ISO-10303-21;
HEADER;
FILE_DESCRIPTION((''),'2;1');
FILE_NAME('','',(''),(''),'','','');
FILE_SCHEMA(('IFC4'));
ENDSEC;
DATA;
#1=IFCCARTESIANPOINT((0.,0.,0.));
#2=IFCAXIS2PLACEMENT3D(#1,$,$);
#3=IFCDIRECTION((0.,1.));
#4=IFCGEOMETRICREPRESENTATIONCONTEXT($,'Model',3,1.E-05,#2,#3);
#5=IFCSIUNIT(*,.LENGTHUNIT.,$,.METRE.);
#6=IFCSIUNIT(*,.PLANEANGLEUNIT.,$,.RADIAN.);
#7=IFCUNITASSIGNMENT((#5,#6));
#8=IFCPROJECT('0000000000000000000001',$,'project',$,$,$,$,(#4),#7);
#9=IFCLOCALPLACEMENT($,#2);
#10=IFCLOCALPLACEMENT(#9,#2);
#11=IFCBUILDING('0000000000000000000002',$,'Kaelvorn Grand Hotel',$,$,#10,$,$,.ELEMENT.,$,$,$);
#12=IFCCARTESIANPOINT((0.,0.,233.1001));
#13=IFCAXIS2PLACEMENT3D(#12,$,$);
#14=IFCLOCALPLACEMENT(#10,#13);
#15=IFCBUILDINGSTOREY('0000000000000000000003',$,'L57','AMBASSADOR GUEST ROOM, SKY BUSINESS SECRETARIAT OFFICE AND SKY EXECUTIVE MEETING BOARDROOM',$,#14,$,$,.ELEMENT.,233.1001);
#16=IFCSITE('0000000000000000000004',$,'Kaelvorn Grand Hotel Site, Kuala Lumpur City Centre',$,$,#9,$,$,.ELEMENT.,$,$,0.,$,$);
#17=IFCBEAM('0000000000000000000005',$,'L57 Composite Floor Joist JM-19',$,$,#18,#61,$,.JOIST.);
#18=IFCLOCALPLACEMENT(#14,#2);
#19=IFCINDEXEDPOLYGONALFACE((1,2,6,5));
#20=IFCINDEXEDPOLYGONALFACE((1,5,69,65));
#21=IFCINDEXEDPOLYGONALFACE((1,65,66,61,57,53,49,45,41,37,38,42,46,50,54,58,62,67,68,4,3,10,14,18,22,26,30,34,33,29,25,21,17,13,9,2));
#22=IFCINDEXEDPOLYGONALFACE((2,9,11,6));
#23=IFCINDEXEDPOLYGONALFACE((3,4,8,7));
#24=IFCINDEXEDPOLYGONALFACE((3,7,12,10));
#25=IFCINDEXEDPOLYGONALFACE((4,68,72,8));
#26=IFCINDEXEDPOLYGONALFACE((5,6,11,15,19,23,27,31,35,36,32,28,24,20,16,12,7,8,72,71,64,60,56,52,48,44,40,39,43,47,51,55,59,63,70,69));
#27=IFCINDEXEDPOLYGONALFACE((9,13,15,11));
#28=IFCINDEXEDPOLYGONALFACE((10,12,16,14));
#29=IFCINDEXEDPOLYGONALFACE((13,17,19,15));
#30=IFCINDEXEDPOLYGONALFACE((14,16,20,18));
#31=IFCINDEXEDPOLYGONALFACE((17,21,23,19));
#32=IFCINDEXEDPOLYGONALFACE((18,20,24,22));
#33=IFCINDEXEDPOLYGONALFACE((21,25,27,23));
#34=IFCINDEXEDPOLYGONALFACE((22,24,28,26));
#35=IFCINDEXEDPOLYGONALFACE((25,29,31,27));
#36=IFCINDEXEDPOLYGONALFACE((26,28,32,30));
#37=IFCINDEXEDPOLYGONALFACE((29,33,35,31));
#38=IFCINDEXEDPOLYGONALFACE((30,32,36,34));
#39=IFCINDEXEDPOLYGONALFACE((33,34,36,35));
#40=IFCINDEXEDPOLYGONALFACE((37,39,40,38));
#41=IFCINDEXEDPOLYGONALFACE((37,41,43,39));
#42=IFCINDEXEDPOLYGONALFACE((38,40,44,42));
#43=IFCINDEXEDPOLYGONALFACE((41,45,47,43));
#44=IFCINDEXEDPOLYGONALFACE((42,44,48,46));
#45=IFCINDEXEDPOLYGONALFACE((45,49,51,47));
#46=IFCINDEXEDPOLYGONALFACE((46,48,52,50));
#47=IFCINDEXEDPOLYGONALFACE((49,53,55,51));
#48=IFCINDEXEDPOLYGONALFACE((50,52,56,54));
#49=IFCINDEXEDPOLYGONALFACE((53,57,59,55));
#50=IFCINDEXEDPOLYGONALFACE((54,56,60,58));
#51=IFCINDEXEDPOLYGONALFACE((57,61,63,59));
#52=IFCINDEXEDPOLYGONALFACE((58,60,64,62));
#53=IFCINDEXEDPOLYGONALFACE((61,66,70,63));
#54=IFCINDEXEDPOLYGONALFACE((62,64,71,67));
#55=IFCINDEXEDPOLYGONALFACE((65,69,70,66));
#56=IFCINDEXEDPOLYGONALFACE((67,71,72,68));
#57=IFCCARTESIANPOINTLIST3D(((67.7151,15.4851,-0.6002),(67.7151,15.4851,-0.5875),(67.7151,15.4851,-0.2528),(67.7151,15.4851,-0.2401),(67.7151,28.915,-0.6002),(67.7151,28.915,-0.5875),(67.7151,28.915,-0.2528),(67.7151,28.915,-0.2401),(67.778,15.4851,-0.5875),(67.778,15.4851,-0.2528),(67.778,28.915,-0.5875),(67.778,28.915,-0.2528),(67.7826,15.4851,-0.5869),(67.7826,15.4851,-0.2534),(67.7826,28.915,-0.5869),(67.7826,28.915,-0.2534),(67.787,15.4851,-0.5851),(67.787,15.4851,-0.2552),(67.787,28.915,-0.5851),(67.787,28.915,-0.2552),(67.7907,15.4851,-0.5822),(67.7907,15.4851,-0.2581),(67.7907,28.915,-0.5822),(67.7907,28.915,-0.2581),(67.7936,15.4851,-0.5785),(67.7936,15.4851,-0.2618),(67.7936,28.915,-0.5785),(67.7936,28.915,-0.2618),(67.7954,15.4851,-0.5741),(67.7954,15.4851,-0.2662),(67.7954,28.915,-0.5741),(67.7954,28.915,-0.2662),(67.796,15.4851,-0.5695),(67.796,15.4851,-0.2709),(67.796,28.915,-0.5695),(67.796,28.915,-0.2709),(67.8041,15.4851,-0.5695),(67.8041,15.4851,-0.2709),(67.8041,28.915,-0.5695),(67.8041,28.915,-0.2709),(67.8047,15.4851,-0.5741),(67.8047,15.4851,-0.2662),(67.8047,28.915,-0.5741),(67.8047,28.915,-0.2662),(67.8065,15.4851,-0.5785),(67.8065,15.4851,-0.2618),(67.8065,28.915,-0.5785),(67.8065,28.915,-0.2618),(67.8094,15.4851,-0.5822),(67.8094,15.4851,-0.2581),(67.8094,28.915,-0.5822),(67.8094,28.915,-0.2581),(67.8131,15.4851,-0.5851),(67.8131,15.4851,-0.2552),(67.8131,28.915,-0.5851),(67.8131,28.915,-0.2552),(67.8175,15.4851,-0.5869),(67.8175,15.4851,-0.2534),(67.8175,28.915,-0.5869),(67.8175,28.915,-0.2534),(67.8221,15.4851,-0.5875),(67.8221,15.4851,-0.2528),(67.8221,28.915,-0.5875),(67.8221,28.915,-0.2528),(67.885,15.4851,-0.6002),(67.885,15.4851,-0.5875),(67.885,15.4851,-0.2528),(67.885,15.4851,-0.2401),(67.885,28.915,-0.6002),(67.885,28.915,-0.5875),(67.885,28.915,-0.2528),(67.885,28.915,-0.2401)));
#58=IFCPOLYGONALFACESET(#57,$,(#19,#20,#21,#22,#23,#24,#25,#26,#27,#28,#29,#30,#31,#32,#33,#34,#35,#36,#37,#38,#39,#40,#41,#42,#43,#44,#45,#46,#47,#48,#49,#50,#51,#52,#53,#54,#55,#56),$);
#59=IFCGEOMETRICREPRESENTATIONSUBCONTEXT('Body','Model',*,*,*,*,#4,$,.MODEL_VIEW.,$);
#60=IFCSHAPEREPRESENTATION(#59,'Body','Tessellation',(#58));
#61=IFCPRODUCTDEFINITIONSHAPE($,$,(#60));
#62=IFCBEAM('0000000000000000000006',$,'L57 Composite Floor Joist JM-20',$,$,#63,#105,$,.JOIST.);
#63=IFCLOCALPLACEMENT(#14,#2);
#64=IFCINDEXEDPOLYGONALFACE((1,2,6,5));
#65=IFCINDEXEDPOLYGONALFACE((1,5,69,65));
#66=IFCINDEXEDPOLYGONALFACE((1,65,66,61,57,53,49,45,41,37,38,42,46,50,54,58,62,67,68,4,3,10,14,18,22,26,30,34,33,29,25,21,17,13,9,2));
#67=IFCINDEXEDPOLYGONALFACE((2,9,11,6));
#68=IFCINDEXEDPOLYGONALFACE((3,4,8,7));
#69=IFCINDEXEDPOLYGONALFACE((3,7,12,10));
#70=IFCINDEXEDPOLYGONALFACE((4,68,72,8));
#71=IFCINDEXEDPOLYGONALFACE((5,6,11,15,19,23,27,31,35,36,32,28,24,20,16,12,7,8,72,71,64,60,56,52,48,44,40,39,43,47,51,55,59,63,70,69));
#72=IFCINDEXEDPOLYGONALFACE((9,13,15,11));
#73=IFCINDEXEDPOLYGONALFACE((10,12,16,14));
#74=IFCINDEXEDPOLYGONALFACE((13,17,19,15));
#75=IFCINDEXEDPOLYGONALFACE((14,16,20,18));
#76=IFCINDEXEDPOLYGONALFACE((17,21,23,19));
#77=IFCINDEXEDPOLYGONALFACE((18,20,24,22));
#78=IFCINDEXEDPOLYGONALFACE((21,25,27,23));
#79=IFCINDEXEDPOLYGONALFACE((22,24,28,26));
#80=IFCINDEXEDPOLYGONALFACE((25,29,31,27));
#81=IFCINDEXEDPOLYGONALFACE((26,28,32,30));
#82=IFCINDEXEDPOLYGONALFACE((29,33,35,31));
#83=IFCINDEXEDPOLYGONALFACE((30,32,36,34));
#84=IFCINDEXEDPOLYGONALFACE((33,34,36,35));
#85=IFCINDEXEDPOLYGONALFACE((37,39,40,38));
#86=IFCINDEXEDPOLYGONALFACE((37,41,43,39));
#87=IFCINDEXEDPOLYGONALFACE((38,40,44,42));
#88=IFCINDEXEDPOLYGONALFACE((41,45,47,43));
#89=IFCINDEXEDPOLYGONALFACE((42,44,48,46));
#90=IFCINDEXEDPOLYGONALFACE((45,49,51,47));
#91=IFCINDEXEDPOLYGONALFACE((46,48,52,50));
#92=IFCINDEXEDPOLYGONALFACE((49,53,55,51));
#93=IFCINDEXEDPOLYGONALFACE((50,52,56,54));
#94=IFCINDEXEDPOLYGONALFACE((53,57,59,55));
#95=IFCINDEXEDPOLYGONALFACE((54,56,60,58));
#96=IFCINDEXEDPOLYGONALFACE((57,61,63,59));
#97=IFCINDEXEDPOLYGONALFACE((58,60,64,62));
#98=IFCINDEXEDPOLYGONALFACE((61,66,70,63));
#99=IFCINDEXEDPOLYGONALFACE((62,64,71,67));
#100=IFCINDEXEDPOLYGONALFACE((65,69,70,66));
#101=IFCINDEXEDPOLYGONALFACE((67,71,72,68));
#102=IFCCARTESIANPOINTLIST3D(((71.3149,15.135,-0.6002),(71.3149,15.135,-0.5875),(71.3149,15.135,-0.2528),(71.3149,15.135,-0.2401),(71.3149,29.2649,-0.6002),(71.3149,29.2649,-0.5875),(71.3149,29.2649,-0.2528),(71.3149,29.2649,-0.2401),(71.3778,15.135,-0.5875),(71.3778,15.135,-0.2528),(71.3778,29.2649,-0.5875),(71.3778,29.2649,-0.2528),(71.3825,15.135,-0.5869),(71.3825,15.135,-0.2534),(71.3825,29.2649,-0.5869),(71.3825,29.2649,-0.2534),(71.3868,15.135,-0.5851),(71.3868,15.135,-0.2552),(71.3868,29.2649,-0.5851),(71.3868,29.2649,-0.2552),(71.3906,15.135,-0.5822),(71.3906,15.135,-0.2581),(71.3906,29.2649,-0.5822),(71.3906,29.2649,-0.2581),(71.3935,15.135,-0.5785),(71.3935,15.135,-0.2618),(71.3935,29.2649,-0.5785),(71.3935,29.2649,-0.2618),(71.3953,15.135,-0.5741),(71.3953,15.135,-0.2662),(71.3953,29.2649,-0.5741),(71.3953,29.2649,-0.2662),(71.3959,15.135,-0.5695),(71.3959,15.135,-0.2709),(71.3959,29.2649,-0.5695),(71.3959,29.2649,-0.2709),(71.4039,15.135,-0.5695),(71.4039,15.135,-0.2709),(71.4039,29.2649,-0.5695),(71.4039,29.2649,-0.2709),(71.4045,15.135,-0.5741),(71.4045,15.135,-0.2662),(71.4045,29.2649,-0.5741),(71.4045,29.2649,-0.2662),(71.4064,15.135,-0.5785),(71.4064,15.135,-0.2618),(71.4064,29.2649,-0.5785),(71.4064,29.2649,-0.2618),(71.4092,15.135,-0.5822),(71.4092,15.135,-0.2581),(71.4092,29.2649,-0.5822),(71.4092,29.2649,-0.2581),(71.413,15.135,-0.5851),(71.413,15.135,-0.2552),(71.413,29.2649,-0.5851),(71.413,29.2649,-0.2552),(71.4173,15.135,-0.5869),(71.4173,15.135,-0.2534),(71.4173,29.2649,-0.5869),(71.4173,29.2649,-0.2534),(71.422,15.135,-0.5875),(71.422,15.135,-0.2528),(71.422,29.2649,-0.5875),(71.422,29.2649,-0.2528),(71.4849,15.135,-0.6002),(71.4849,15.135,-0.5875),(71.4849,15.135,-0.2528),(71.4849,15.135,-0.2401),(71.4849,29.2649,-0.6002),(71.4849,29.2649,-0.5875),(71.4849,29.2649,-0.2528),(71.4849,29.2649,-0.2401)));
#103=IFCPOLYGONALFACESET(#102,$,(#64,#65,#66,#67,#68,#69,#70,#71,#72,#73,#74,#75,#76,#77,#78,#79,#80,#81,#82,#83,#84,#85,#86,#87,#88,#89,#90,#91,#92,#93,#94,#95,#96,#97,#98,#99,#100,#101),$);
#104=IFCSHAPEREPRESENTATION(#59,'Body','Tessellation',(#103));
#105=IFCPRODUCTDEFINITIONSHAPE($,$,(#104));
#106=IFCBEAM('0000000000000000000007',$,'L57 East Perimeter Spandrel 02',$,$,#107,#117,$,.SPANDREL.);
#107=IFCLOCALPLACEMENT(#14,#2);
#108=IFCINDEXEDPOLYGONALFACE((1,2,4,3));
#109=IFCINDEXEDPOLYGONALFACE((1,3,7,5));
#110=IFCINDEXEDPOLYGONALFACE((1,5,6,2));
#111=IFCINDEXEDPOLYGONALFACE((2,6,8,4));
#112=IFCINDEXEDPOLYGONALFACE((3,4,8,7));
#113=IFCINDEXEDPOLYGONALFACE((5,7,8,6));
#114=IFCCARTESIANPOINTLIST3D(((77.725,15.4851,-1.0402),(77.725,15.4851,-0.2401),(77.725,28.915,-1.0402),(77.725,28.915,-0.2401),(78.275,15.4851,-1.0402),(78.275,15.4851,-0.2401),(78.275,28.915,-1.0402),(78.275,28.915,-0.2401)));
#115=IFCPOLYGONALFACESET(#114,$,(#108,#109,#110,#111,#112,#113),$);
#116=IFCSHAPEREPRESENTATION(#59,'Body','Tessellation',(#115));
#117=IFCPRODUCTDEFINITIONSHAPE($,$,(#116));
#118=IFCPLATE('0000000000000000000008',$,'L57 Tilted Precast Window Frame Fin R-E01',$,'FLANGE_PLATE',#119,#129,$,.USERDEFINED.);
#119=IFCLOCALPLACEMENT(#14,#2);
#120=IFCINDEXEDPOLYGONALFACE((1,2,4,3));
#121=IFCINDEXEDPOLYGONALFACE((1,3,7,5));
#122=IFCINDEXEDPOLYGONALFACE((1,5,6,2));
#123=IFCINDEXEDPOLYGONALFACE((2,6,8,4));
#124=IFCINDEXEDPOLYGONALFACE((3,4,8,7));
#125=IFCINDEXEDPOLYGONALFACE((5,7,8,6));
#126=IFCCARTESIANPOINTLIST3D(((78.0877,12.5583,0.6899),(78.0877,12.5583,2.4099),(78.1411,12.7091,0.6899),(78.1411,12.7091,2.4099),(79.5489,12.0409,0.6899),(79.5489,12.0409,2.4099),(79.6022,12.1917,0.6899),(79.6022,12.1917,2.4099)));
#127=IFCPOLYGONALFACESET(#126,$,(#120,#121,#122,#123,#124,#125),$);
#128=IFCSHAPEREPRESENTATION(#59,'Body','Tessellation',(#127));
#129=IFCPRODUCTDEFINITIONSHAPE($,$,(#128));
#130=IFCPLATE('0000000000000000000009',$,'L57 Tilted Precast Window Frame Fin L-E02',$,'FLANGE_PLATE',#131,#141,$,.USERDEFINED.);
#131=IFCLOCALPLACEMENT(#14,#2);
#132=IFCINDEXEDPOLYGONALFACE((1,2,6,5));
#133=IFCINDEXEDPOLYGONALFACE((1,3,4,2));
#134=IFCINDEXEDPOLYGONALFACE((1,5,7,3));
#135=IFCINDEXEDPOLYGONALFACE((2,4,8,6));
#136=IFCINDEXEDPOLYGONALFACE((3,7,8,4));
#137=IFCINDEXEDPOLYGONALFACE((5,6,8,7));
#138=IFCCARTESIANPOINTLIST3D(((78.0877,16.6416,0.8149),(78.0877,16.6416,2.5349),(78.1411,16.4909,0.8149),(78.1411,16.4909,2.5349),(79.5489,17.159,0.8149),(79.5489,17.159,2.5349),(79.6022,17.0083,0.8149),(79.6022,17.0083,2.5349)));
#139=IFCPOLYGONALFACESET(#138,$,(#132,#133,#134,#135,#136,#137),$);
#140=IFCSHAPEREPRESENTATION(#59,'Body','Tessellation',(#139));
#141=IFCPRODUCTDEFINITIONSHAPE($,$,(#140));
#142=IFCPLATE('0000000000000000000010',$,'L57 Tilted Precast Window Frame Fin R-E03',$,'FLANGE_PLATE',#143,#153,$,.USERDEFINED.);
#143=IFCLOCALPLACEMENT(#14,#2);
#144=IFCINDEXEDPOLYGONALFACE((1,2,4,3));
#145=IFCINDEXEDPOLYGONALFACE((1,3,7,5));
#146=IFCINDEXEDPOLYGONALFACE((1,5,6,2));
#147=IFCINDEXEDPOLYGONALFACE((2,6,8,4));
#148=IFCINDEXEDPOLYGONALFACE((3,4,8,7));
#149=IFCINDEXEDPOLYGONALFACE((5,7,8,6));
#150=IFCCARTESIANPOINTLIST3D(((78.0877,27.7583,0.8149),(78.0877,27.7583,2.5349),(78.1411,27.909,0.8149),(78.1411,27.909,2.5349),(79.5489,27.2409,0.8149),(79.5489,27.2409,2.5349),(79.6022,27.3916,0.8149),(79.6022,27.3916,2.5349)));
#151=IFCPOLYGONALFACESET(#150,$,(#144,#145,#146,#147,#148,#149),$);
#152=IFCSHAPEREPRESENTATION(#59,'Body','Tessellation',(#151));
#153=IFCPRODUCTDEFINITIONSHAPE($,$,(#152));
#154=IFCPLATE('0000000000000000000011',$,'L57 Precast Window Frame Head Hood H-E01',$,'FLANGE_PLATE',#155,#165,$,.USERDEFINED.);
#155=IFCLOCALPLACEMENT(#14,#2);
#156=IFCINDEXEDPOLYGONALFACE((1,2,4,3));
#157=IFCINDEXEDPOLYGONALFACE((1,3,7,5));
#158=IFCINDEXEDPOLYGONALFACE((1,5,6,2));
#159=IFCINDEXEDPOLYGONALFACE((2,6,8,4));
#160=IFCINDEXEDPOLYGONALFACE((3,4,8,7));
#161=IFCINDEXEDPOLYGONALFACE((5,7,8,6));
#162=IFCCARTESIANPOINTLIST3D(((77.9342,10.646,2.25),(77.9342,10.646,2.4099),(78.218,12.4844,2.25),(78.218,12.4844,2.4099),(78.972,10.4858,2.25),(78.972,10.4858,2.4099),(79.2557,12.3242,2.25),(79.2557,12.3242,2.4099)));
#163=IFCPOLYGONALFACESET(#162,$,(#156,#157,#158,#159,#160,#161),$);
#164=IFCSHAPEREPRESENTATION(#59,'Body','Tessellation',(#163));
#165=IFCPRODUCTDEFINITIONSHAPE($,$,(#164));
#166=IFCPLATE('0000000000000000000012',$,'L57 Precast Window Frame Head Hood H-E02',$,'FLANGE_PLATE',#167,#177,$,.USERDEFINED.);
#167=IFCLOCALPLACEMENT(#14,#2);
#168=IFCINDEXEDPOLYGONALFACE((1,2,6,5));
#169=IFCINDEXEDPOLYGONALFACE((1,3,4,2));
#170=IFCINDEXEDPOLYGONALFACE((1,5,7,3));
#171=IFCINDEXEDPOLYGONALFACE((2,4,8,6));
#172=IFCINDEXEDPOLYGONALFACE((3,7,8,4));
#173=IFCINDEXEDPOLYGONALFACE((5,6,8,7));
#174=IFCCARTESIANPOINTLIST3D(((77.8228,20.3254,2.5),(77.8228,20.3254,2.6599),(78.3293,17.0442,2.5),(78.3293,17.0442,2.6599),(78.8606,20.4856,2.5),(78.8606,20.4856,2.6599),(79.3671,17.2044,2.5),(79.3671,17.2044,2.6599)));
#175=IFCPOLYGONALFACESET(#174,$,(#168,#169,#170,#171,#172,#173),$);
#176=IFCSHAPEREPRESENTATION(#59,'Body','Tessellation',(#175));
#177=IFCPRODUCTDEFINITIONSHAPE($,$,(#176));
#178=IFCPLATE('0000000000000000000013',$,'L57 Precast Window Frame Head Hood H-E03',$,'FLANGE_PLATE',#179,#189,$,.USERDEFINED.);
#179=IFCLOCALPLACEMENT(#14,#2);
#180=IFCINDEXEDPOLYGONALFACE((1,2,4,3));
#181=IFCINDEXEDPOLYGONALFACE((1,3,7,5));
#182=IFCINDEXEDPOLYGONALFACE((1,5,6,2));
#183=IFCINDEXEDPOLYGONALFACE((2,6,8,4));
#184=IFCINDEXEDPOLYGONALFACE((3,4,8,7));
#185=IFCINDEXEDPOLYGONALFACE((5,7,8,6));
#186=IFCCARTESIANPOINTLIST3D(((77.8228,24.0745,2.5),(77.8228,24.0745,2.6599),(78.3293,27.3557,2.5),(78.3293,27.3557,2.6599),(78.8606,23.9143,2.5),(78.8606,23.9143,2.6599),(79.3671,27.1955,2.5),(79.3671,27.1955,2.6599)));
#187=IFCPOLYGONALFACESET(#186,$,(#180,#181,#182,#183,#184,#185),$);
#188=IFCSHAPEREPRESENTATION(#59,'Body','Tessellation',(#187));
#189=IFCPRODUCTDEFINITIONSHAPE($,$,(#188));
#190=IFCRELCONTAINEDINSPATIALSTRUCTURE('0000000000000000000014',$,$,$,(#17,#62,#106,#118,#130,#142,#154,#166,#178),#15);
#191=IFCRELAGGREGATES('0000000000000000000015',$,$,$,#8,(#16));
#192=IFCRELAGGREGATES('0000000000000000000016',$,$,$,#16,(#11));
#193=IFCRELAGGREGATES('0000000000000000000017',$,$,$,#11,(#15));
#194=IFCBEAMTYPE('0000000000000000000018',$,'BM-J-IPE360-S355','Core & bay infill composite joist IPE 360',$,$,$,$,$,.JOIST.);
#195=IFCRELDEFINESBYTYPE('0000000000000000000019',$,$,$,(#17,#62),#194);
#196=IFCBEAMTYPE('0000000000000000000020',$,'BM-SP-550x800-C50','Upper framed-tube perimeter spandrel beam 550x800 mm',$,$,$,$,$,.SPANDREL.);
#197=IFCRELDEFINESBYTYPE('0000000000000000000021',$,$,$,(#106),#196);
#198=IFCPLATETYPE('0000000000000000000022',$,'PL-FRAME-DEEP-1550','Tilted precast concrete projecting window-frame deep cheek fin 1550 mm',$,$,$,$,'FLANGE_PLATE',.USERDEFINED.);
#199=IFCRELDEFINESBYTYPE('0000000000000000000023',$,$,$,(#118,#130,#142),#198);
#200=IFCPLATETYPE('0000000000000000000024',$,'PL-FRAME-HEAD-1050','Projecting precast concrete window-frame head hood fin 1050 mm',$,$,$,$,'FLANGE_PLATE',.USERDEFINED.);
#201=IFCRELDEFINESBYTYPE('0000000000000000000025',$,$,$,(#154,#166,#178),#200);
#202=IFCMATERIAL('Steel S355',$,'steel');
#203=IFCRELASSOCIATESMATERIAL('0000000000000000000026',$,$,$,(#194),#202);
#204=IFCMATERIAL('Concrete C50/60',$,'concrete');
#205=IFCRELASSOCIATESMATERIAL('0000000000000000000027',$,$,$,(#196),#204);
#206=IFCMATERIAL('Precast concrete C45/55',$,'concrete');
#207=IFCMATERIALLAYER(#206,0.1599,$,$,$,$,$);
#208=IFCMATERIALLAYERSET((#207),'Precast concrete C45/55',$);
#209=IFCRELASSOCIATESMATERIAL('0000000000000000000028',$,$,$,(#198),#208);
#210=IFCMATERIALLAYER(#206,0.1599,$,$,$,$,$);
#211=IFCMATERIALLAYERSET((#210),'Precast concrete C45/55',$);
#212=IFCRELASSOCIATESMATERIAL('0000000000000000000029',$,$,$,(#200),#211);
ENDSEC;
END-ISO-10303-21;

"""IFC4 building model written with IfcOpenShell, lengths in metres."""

from ifc_helpers import new_model, si_unit, direction, frame, origin, origin_2d, place, context, subcontext, project, spatial, rectangle, i_section, extrude, material, layer, layer_set, material_profile, profile_set, type_object, element, save


model = new_model("IFC4")

# Units and contexts
model_context = context("Model", 3, precision=1e-05, world=origin(), true_north=direction((0.0, 1.0)))
body_context = subcontext(model_context, "Body", "Model", "MODEL_VIEW")
ifc_project = project(units=[si_unit("LENGTHUNIT", "METRE"), si_unit("PLANEANGLEUNIT", "RADIAN")], contexts=[model_context])

# Site, building, storey
site_placement = place(None, origin())
site = spatial("IfcSite", under=ifc_project, at=site_placement, Name="Kaelvorn Grand Hotel Site, Kuala Lumpur City Centre", CompositionType="ELEMENT", RefElevation=0.0)
building_placement = place(site_placement, origin())
building = spatial("IfcBuilding", under=site, at=building_placement, Name="Kaelvorn Grand Hotel", CompositionType="ELEMENT")
storey_placement = place(building_placement, frame((0.0, 0.0, 233.1001)))
storey = spatial("IfcBuildingStorey", under=building, at=storey_placement, Name="L57", Description="AMBASSADOR GUEST ROOM, SKY BUSINESS SECRETARIAT OFFICE AND SKY EXECUTIVE MEETING BOARDROOM", CompositionType="ELEMENT", Elevation=233.1001)

# Shared definitions
ifc_material_1 = material(Name="Concrete C50/60", Category="concrete")

# Beams
ifc_material_2 = material(Name="Steel S355", Category="steel")
ifc_material_profile_1 = material_profile(ifc_material_2, i_section(OverallWidth=0.1699, OverallDepth=0.3601, WebThickness=0.0081, FlangeThickness=0.0127, FilletRadius=0.0181, at=origin_2d()), Name="IPE 360")
ifc_profile_set_1 = profile_set([ifc_material_profile_1], Name="Steel S355")
beam_type_1 = type_object("IfcBeamType", Name="BM-J-IPE360-S355", Description="Core & bay infill composite joist IPE 360", PredefinedType="JOIST", material=ifc_profile_set_1)
beam_1_placement = place(storey_placement, frame((67.8, 15.4851, -0.4202), z_axis=(0.0, 1.0, 0.0), x_axis=(-1.0, 0.0, 0.0)))
element("IfcBeam", 1, at=beam_1_placement, inside=storey, type_object=beam_type_1, Name="L57 Composite Floor Joist JM-19", PredefinedType="JOIST", context=body_context, shape_type="SweptSolid", body=[
    extrude(i_section(OverallWidth=0.1699, OverallDepth=0.3601, WebThickness=0.0081, FlangeThickness=0.0127, FilletRadius=0.0181, at=origin_2d()), origin(), (0.0, 0.0, 1.0), 13.4299),
])
beam_2_placement = place(storey_placement, frame((71.3999, 15.135, -0.4202), z_axis=(0.0, 1.0, 0.0), x_axis=(-1.0, 0.0, 0.0)))
element("IfcBeam", 2, at=beam_2_placement, inside=storey, type_object=beam_type_1, Name="L57 Composite Floor Joist JM-20", PredefinedType="JOIST", context=body_context, shape_type="SweptSolid", body=[
    extrude(i_section(OverallWidth=0.1699, OverallDepth=0.3601, WebThickness=0.0081, FlangeThickness=0.0127, FilletRadius=0.0181, at=origin_2d()), origin(), (0.0, 0.0, 1.0), 14.1299),
])
ifc_material_profile_2 = material_profile(ifc_material_1, rectangle(XDim=0.55, YDim=0.8, at=origin_2d()), Name="RC SPANDREL 550x800")
ifc_profile_set_2 = profile_set([ifc_material_profile_2], Name="Concrete C50/60")
beam_type_2 = type_object("IfcBeamType", Name="BM-SP-550x800-C50", Description="Upper framed-tube perimeter spandrel beam 550x800 mm", PredefinedType="SPANDREL", material=ifc_profile_set_2)
beam_3_placement = place(storey_placement, frame((78.0, 15.4851, -0.6401), z_axis=(0.0, 1.0, 0.0), x_axis=(-1.0, 0.0, 0.0)))
element("IfcBeam", 3, at=beam_3_placement, inside=storey, type_object=beam_type_2, Name="L57 East Perimeter Spandrel 02", PredefinedType="SPANDREL", context=body_context, shape_type="SweptSolid", body=[
    extrude(rectangle(XDim=0.55, YDim=0.8, at=origin_2d()), origin(), (0.0, 0.0, 1.0), 13.4299),
])

# Plates
ifc_material_3 = material(Name="Precast concrete C45/55", Category="concrete")
ifc_layer_1 = layer(ifc_material_3, 0.1599)
ifc_layer_set_1 = layer_set([ifc_layer_1], Name="Precast concrete C45/55")
plate_type_1 = type_object("IfcPlateType", Name="PL-FRAME-DEEP-1550", Description="Tilted precast concrete projecting window-frame deep cheek fin 1550 mm", ElementType="FLANGE_PLATE", PredefinedType="USERDEFINED", material=ifc_layer_set_1)
for number, where, z_axis, x_axis, name in (
    (4, (78.845, 12.375, 0.6899), (0.0, 0.0, 1.0), (0.333807, 0.942641, 0.0), "L57 Tilted Precast Window Frame Fin R-E01"),
    (5, (78.845, 16.825, 0.8149), (0.0, 0.0, 1.0), (-0.333807, 0.942641, 0.0), "L57 Tilted Precast Window Frame Fin L-E02"),
    (6, (78.845, 27.575, 0.8149), (0.0, 0.0, 1.0), (0.333807, 0.942641, 0.0), "L57 Tilted Precast Window Frame Fin R-E03"),
):
    element("IfcPlate", number, at=place(storey_placement, frame(where, z_axis=z_axis, x_axis=x_axis)), inside=storey, type_object=plate_type_1, Name=name, ObjectType="FLANGE_PLATE", PredefinedType="USERDEFINED", context=body_context, shape_type="SweptSolid", body=[
        extrude(rectangle(XDim=0.1599, YDim=1.55, at=origin_2d()), origin(), (0.0, 0.0, 1.0), 1.72),
    ])
ifc_layer_2 = layer(ifc_material_3, 0.1599)
ifc_layer_set_2 = layer_set([ifc_layer_2], Name="Precast concrete C45/55")
plate_type_2 = type_object("IfcPlateType", Name="PL-FRAME-HEAD-1050", Description="Projecting precast concrete window-frame head hood fin 1050 mm", ElementType="FLANGE_PLATE", PredefinedType="USERDEFINED", material=ifc_layer_set_2)
plate_placement = place(storey_placement, frame((78.595, 11.4851, 2.25), z_axis=(0.0, 0.0, 1.0), x_axis=(0.152555, 0.988295, 0.0)))
element("IfcPlate", 7, at=plate_placement, inside=storey, type_object=plate_type_2, Name="L57 Precast Window Frame Head Hood H-E01", ObjectType="FLANGE_PLATE", PredefinedType="USERDEFINED", context=body_context, shape_type="SweptSolid", body=[
    extrude(rectangle(XDim=1.8601, YDim=1.05, at=origin_2d()), origin(), (0.0, 0.0, 1.0), 0.1599),
])
for number, where, z_axis, x_axis, name in (
    (8, (78.595, 18.7649, 2.5), (0.0, 0.0, 1.0), (-0.152555, 0.988295, 0.0), "L57 Precast Window Frame Head Hood H-E02"),
    (9, (78.595, 25.635, 2.5), (0.0, 0.0, 1.0), (0.152555, 0.988295, 0.0), "L57 Precast Window Frame Head Hood H-E03"),
):
    element("IfcPlate", number, at=place(storey_placement, frame(where, z_axis=z_axis, x_axis=x_axis)), inside=storey, type_object=plate_type_2, Name=name, ObjectType="FLANGE_PLATE", PredefinedType="USERDEFINED", context=body_context, shape_type="SweptSolid", body=[
        extrude(rectangle(XDim=3.3201, YDim=1.05, at=origin_2d()), origin(), (0.0, 0.0, 1.0), 0.1599),
    ])

save(model, "model.ifc")
